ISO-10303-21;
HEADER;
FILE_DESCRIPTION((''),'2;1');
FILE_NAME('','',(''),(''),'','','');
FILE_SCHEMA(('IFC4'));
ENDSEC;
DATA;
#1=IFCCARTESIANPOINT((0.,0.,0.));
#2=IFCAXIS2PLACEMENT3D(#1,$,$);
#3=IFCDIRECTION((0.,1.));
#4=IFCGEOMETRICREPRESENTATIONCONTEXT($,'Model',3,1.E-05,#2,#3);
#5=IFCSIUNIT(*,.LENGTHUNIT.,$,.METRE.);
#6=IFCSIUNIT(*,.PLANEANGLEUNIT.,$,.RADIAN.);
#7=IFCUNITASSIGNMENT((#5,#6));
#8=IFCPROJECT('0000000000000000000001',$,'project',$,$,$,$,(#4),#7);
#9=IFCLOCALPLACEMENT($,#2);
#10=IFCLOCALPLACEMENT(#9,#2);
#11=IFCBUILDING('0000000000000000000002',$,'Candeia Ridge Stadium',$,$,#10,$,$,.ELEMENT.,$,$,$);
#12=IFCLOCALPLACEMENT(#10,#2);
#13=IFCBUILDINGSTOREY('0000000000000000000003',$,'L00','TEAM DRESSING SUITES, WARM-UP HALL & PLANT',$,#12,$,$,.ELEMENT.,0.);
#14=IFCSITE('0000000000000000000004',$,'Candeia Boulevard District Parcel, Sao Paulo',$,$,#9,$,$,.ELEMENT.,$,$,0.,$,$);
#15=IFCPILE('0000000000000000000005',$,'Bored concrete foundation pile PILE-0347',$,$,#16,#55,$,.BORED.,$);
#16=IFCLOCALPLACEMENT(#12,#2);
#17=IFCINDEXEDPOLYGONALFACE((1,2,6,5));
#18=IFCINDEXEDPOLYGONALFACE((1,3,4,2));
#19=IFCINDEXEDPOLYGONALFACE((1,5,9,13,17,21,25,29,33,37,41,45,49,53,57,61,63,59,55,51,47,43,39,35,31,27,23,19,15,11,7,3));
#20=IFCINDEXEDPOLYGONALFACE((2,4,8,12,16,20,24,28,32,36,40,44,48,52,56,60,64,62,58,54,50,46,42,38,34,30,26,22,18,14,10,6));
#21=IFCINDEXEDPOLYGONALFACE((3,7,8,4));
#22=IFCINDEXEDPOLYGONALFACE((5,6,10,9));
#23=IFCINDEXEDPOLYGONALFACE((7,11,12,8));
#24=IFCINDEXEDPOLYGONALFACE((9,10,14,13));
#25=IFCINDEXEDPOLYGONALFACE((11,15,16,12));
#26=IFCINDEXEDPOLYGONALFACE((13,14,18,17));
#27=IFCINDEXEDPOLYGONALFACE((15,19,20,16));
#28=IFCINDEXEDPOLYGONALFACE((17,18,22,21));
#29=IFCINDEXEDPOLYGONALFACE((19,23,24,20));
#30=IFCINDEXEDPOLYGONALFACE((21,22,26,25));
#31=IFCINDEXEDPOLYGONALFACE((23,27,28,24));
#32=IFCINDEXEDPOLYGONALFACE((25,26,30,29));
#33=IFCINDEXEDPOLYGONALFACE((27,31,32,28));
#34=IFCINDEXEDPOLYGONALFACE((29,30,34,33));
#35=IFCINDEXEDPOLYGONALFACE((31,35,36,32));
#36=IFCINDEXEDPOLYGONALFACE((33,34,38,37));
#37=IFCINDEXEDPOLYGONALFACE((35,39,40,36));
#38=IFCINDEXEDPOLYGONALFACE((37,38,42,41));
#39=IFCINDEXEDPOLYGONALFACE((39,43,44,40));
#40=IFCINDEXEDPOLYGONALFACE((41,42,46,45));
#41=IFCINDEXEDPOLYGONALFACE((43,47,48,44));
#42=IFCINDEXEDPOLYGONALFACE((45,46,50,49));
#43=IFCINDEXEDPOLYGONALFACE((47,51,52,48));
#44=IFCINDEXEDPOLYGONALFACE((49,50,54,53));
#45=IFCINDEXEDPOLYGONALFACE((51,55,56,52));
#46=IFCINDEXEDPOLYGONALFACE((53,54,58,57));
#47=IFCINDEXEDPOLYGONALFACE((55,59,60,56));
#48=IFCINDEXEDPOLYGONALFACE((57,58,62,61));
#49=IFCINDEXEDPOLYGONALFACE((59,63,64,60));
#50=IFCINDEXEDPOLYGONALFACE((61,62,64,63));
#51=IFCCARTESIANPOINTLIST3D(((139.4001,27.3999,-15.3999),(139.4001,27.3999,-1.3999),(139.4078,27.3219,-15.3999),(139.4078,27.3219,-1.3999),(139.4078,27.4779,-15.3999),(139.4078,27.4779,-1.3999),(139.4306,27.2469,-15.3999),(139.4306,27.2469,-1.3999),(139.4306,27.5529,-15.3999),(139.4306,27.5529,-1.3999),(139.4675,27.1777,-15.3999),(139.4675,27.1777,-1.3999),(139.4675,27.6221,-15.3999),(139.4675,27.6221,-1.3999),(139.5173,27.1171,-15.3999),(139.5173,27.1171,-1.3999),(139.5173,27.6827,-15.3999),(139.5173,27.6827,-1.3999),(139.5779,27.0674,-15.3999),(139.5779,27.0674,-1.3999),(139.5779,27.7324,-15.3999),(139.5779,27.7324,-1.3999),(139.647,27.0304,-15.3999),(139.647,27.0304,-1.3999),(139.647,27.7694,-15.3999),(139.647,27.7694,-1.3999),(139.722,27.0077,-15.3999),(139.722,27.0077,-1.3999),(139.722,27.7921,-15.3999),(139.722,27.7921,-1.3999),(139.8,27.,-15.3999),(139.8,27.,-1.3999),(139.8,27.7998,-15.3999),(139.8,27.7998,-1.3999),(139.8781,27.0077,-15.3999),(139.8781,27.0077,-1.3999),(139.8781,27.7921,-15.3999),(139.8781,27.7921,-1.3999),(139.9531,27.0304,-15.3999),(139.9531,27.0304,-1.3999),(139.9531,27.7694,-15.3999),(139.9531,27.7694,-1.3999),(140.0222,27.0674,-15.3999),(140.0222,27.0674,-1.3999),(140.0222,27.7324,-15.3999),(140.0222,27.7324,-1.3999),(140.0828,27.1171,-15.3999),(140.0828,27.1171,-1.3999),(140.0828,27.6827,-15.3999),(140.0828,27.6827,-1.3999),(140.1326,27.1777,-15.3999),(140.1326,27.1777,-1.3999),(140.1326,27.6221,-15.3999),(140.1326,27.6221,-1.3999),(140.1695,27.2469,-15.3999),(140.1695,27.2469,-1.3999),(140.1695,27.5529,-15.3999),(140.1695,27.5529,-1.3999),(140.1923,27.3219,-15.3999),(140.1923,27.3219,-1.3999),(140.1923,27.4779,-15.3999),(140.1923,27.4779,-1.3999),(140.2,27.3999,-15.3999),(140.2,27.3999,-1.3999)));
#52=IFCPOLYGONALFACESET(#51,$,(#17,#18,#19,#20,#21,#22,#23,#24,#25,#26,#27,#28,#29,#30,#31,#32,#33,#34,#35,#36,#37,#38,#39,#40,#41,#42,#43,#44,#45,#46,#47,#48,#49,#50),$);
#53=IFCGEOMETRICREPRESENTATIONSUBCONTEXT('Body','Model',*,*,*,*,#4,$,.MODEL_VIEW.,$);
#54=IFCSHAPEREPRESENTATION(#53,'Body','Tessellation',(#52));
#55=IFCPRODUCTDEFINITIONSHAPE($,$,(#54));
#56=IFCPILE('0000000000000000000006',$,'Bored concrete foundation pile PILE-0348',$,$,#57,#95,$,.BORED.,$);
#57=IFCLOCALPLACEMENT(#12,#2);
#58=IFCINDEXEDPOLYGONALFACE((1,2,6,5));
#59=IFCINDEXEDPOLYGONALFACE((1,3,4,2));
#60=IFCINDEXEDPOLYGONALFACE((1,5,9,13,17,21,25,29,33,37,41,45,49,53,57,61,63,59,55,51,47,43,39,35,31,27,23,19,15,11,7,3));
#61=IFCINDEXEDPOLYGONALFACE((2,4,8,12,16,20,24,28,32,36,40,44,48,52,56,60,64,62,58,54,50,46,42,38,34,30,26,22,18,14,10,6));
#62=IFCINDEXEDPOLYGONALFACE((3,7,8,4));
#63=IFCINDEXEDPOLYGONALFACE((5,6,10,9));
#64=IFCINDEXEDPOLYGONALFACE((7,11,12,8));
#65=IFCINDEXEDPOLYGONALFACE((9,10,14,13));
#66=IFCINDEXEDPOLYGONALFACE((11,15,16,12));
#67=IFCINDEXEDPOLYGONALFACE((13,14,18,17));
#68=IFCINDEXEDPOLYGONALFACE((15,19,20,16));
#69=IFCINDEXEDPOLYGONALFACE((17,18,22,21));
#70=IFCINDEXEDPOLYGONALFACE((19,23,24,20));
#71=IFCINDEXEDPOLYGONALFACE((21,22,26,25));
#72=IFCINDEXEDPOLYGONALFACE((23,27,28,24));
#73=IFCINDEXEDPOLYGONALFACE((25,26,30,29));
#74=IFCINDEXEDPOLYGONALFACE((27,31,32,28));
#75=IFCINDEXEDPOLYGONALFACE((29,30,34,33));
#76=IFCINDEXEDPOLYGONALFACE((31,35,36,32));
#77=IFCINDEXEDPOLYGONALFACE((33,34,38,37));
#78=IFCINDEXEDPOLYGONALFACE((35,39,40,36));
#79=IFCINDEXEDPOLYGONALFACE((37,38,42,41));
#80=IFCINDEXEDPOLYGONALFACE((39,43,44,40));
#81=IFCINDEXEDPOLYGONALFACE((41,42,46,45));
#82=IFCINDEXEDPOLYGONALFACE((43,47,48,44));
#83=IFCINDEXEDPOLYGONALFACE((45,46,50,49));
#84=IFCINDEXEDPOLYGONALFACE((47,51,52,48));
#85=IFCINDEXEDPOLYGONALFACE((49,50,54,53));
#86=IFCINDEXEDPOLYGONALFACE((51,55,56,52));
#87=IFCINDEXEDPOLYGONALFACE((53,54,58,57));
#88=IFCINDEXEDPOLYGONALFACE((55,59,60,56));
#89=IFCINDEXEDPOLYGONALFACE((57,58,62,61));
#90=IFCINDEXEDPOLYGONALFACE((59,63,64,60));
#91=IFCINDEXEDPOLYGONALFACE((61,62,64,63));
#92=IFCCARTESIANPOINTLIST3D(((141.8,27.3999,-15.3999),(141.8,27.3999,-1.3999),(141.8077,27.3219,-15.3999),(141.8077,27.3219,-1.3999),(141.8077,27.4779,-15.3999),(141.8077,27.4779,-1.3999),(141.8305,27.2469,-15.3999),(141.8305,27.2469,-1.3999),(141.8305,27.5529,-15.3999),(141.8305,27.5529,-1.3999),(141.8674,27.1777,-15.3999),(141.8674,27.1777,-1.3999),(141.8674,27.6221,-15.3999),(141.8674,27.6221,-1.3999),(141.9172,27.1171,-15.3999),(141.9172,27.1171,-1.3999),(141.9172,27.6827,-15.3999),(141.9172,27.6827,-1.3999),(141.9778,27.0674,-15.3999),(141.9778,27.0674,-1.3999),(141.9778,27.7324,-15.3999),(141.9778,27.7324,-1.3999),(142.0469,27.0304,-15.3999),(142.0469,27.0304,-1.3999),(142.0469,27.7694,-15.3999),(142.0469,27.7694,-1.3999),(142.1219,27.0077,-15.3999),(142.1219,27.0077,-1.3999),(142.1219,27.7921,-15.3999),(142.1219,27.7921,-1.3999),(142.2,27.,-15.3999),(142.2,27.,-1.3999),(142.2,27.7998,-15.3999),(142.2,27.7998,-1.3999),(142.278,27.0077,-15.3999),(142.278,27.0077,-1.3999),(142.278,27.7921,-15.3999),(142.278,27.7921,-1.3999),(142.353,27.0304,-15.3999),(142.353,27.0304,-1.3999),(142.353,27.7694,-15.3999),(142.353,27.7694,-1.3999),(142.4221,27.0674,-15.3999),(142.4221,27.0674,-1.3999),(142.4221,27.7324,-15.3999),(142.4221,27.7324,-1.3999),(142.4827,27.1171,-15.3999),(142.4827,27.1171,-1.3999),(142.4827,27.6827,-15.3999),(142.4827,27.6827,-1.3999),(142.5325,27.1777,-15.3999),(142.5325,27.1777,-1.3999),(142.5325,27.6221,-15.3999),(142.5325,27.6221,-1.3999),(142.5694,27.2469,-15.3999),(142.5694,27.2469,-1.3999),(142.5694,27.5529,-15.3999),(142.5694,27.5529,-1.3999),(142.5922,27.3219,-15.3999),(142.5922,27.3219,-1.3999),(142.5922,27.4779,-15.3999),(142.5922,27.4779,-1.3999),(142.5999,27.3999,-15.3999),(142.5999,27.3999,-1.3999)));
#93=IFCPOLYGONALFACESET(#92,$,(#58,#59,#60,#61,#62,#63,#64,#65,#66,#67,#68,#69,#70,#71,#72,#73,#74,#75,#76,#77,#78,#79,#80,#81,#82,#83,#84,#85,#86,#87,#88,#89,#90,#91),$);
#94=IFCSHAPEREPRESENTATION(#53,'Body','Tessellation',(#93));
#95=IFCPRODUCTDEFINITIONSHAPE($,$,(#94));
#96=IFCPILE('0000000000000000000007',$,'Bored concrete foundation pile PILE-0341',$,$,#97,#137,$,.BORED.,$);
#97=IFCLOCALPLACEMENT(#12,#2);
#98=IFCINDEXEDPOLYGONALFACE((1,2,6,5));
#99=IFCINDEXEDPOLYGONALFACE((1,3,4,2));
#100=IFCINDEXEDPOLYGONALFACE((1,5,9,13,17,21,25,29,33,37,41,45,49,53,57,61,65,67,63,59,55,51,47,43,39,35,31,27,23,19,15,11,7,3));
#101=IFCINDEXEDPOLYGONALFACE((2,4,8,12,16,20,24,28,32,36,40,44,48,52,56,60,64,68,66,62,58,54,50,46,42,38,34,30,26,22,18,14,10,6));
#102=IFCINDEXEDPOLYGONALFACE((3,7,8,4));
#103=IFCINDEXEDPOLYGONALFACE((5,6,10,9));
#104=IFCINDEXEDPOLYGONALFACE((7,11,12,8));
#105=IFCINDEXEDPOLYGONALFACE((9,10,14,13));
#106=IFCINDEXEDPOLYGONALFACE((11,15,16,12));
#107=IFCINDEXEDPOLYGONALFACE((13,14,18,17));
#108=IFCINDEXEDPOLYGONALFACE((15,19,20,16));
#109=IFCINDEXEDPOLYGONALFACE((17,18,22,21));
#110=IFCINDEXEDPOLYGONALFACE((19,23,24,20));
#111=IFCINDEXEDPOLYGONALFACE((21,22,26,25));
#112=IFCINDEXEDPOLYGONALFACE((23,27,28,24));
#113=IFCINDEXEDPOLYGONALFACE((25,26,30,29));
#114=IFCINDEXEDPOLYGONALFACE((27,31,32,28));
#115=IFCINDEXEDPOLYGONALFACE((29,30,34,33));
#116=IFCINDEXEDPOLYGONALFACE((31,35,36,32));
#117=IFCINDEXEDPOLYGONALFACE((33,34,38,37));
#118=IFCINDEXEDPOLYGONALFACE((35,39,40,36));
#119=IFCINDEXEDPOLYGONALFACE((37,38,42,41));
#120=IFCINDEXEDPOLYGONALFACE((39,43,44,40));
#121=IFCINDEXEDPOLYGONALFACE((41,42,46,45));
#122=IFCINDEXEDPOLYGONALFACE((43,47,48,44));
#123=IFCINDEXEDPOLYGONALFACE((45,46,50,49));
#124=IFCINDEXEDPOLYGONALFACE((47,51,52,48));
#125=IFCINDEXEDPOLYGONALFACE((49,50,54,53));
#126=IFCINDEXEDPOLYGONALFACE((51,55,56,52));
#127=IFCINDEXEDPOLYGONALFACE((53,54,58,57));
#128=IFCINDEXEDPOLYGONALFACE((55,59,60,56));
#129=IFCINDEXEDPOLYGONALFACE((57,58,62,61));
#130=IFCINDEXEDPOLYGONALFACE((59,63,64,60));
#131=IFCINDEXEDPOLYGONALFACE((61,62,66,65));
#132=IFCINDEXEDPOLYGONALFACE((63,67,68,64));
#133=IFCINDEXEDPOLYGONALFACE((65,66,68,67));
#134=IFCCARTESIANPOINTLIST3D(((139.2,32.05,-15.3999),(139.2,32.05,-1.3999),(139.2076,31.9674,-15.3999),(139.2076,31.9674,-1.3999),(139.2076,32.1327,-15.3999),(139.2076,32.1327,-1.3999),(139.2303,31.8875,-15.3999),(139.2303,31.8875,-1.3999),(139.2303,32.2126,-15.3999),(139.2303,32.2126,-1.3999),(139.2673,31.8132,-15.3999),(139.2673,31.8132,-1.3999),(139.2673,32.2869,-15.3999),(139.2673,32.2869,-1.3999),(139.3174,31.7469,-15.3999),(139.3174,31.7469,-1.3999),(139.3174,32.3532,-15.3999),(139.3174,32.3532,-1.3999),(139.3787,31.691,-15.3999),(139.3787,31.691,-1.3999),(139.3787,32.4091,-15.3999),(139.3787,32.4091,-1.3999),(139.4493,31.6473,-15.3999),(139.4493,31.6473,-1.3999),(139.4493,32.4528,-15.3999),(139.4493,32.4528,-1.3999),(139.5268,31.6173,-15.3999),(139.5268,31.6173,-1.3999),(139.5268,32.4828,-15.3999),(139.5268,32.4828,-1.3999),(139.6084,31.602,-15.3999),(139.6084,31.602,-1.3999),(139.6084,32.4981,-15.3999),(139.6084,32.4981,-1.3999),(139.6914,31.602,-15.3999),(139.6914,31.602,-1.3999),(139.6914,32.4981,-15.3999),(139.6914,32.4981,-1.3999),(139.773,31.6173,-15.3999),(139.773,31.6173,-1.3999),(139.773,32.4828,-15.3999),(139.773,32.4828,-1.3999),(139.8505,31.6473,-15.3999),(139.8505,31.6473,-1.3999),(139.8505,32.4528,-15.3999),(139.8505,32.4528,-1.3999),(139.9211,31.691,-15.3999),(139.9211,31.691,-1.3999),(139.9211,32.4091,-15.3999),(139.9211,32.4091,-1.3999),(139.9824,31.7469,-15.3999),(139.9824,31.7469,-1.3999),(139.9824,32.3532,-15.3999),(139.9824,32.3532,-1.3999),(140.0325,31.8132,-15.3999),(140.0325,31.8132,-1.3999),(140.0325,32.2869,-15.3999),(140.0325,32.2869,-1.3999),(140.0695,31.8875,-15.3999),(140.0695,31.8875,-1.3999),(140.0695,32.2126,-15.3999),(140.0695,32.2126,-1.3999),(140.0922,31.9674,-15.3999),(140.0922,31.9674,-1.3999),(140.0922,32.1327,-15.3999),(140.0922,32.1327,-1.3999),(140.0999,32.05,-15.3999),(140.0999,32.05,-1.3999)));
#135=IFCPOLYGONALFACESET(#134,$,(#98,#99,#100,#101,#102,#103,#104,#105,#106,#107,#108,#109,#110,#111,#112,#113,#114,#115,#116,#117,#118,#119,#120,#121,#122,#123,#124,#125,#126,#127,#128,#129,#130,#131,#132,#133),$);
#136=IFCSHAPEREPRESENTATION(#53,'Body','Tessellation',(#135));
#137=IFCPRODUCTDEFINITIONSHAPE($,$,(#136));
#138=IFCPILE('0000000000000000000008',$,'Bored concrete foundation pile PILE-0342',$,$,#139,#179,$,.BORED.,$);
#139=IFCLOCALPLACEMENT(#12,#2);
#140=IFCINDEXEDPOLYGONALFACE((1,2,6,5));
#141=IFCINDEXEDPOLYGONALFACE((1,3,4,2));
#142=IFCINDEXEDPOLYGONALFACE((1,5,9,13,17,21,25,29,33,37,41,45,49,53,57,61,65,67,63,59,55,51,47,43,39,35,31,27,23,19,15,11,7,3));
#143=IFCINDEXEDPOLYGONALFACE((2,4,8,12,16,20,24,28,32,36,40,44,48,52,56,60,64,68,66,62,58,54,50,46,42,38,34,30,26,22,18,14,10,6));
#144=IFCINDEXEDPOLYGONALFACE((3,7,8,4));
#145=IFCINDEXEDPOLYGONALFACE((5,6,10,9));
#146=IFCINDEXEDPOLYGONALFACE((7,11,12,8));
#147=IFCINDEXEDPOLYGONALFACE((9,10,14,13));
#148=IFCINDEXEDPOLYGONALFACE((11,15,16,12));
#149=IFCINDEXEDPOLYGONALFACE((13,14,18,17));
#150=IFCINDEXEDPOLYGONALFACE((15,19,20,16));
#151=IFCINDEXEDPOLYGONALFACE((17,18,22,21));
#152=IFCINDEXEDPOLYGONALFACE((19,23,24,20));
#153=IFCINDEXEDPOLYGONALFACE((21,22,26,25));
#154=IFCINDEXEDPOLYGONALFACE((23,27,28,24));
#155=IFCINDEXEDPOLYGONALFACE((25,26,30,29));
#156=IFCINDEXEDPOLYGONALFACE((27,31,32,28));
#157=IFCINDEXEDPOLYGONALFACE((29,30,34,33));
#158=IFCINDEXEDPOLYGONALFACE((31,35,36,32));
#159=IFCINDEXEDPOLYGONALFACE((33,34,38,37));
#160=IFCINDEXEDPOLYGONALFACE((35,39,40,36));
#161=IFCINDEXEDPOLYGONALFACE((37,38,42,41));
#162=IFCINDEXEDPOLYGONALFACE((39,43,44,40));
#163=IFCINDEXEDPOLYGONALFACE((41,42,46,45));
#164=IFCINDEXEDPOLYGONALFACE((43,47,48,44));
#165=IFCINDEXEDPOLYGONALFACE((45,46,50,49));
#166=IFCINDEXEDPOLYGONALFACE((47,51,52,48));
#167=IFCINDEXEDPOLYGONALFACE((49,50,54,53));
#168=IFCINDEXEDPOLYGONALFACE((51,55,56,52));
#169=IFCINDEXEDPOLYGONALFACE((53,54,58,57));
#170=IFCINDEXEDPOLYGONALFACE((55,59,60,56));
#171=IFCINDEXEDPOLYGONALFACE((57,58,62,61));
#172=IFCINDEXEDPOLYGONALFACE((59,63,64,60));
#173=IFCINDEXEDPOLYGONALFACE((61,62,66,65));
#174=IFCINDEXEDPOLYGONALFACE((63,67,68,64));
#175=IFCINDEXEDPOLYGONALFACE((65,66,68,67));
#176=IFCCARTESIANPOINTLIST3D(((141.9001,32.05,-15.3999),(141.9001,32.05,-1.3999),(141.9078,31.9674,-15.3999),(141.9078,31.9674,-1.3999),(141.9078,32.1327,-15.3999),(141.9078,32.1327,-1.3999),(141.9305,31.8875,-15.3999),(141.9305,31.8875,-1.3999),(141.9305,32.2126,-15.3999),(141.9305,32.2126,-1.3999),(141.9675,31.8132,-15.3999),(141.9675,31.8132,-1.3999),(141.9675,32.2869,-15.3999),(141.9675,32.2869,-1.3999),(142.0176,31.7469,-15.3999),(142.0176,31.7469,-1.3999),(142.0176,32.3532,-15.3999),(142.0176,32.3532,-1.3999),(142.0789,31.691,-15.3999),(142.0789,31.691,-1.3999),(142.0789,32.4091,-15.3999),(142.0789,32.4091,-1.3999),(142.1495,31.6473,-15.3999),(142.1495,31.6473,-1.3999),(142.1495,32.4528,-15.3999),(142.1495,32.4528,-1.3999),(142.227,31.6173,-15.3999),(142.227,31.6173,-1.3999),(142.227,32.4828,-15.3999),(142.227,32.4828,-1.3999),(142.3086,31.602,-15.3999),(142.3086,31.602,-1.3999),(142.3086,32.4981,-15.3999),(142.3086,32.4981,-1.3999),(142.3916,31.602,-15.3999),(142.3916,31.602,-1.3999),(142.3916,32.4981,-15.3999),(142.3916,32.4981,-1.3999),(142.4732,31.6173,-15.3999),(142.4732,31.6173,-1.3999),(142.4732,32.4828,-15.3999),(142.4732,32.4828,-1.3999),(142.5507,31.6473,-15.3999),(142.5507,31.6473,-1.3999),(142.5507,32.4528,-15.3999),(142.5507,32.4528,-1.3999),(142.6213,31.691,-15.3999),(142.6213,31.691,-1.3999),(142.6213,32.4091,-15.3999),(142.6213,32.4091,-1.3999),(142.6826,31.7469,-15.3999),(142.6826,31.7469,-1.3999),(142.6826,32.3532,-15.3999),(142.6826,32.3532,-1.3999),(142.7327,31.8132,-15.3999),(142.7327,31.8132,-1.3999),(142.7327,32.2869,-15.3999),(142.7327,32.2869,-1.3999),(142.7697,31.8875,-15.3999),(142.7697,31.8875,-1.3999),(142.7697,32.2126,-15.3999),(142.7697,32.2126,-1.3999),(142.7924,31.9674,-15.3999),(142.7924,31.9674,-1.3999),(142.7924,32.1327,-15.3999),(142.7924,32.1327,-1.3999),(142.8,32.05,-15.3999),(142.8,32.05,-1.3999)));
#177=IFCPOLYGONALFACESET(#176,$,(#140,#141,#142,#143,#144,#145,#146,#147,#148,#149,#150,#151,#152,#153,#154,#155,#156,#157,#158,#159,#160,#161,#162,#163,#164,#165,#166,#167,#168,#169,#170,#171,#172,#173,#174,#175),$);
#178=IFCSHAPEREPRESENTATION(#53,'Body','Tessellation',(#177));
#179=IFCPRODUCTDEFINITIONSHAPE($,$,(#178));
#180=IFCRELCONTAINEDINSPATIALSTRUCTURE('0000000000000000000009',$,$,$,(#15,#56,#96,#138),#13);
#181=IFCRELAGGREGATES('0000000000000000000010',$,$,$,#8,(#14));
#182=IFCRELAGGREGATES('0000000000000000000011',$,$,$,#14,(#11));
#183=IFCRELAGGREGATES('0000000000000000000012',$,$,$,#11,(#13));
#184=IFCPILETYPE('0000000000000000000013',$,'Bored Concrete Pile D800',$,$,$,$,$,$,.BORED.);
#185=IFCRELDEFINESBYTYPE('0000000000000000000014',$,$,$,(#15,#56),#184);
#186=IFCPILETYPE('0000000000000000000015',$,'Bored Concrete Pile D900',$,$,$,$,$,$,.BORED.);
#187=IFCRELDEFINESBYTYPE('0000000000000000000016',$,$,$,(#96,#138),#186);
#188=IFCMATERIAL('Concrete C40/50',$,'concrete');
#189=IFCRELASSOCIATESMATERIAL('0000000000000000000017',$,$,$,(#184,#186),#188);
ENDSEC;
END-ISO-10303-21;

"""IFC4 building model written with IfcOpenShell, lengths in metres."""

from ifc_helpers import new_model, si_unit, direction, frame, origin, origin_2d, place, context, subcontext, project, spatial, circle, extrude, material, material_profile, profile_set, type_object, element, save


model = new_model("IFC4")

# Units and contexts
model_context = context("Model", 3, precision=1e-05, world=origin(), true_north=direction((0.0, 1.0)))
body_context = subcontext(model_context, "Body", "Model", "MODEL_VIEW")
ifc_project = project(units=[si_unit("LENGTHUNIT", "METRE"), si_unit("PLANEANGLEUNIT", "RADIAN")], contexts=[model_context])

# Site, building, storey
site_placement = place(None, origin())
site = spatial("IfcSite", under=ifc_project, at=site_placement, Name="Candeia Boulevard District Parcel, Sao Paulo", CompositionType="ELEMENT", RefElevation=0.0)
building_placement = place(site_placement, origin())
building = spatial("IfcBuilding", under=site, at=building_placement, Name="Candeia Ridge Stadium", CompositionType="ELEMENT")
storey_placement = place(building_placement, origin())
storey = spatial("IfcBuildingStorey", under=building, at=storey_placement, Name="L00", Description="TEAM DRESSING SUITES, WARM-UP HALL & PLANT", CompositionType="ELEMENT", Elevation=0.0)

# Piles
ifc_material_1 = material(Name="Concrete C40/50", Category="concrete")
ifc_material_profile_1 = material_profile(ifc_material_1, circle(Radius=0.3999, at=origin_2d()), Name="PILE-D800", Category="concrete")
ifc_profile_set_1 = profile_set([ifc_material_profile_1], Name="Concrete C40/50")
pile_type_1 = type_object("IfcPileType", Name="Bored Concrete Pile D800", PredefinedType="BORED", material=ifc_profile_set_1)
for number, where, z_axis, x_axis, name in (
    (1, (139.8, 27.3999, -1.3999), (0.0, 0.0, -1.0), (1.0, 0.0, 0.0), "Bored concrete foundation pile PILE-0347"),
    (2, (142.2, 27.3999, -1.3999), (0.0, 0.0, -1.0), (1.0, 0.0, 0.0), "Bored concrete foundation pile PILE-0348"),
):
    element("IfcPile", number, at=place(storey_placement, frame(where, z_axis=z_axis, x_axis=x_axis)), inside=storey, type_object=pile_type_1, Name=name, PredefinedType="BORED", context=body_context, shape_type="SweptSolid", body=[
        extrude(circle(Radius=0.3999, at=origin_2d()), origin(), (0.0, 0.0, 1.0), 14.0),
    ])
ifc_material_profile_2 = material_profile(ifc_material_1, circle(Radius=0.45, at=origin_2d()), Name="PILE-D900", Category="concrete")
ifc_profile_set_2 = profile_set([ifc_material_profile_2], Name="Concrete C40/50")
pile_type_2 = type_object("IfcPileType", Name="Bored Concrete Pile D900", PredefinedType="BORED", material=ifc_profile_set_2)
for number, where, z_axis, x_axis, name in (
    (3, (139.6499, 32.05, -1.3999), (0.0, 0.0, -1.0), (1.0, 0.0, 0.0), "Bored concrete foundation pile PILE-0341"),
    (4, (142.3501, 32.05, -1.3999), (0.0, 0.0, -1.0), (1.0, 0.0, 0.0), "Bored concrete foundation pile PILE-0342"),
):
    element("IfcPile", number, at=place(storey_placement, frame(where, z_axis=z_axis, x_axis=x_axis)), inside=storey, type_object=pile_type_2, Name=name, PredefinedType="BORED", context=body_context, shape_type="SweptSolid", body=[
        extrude(circle(Radius=0.45, at=origin_2d()), origin(), (0.0, 0.0, 1.0), 14.0),
    ])

save(model, "model.ifc")
